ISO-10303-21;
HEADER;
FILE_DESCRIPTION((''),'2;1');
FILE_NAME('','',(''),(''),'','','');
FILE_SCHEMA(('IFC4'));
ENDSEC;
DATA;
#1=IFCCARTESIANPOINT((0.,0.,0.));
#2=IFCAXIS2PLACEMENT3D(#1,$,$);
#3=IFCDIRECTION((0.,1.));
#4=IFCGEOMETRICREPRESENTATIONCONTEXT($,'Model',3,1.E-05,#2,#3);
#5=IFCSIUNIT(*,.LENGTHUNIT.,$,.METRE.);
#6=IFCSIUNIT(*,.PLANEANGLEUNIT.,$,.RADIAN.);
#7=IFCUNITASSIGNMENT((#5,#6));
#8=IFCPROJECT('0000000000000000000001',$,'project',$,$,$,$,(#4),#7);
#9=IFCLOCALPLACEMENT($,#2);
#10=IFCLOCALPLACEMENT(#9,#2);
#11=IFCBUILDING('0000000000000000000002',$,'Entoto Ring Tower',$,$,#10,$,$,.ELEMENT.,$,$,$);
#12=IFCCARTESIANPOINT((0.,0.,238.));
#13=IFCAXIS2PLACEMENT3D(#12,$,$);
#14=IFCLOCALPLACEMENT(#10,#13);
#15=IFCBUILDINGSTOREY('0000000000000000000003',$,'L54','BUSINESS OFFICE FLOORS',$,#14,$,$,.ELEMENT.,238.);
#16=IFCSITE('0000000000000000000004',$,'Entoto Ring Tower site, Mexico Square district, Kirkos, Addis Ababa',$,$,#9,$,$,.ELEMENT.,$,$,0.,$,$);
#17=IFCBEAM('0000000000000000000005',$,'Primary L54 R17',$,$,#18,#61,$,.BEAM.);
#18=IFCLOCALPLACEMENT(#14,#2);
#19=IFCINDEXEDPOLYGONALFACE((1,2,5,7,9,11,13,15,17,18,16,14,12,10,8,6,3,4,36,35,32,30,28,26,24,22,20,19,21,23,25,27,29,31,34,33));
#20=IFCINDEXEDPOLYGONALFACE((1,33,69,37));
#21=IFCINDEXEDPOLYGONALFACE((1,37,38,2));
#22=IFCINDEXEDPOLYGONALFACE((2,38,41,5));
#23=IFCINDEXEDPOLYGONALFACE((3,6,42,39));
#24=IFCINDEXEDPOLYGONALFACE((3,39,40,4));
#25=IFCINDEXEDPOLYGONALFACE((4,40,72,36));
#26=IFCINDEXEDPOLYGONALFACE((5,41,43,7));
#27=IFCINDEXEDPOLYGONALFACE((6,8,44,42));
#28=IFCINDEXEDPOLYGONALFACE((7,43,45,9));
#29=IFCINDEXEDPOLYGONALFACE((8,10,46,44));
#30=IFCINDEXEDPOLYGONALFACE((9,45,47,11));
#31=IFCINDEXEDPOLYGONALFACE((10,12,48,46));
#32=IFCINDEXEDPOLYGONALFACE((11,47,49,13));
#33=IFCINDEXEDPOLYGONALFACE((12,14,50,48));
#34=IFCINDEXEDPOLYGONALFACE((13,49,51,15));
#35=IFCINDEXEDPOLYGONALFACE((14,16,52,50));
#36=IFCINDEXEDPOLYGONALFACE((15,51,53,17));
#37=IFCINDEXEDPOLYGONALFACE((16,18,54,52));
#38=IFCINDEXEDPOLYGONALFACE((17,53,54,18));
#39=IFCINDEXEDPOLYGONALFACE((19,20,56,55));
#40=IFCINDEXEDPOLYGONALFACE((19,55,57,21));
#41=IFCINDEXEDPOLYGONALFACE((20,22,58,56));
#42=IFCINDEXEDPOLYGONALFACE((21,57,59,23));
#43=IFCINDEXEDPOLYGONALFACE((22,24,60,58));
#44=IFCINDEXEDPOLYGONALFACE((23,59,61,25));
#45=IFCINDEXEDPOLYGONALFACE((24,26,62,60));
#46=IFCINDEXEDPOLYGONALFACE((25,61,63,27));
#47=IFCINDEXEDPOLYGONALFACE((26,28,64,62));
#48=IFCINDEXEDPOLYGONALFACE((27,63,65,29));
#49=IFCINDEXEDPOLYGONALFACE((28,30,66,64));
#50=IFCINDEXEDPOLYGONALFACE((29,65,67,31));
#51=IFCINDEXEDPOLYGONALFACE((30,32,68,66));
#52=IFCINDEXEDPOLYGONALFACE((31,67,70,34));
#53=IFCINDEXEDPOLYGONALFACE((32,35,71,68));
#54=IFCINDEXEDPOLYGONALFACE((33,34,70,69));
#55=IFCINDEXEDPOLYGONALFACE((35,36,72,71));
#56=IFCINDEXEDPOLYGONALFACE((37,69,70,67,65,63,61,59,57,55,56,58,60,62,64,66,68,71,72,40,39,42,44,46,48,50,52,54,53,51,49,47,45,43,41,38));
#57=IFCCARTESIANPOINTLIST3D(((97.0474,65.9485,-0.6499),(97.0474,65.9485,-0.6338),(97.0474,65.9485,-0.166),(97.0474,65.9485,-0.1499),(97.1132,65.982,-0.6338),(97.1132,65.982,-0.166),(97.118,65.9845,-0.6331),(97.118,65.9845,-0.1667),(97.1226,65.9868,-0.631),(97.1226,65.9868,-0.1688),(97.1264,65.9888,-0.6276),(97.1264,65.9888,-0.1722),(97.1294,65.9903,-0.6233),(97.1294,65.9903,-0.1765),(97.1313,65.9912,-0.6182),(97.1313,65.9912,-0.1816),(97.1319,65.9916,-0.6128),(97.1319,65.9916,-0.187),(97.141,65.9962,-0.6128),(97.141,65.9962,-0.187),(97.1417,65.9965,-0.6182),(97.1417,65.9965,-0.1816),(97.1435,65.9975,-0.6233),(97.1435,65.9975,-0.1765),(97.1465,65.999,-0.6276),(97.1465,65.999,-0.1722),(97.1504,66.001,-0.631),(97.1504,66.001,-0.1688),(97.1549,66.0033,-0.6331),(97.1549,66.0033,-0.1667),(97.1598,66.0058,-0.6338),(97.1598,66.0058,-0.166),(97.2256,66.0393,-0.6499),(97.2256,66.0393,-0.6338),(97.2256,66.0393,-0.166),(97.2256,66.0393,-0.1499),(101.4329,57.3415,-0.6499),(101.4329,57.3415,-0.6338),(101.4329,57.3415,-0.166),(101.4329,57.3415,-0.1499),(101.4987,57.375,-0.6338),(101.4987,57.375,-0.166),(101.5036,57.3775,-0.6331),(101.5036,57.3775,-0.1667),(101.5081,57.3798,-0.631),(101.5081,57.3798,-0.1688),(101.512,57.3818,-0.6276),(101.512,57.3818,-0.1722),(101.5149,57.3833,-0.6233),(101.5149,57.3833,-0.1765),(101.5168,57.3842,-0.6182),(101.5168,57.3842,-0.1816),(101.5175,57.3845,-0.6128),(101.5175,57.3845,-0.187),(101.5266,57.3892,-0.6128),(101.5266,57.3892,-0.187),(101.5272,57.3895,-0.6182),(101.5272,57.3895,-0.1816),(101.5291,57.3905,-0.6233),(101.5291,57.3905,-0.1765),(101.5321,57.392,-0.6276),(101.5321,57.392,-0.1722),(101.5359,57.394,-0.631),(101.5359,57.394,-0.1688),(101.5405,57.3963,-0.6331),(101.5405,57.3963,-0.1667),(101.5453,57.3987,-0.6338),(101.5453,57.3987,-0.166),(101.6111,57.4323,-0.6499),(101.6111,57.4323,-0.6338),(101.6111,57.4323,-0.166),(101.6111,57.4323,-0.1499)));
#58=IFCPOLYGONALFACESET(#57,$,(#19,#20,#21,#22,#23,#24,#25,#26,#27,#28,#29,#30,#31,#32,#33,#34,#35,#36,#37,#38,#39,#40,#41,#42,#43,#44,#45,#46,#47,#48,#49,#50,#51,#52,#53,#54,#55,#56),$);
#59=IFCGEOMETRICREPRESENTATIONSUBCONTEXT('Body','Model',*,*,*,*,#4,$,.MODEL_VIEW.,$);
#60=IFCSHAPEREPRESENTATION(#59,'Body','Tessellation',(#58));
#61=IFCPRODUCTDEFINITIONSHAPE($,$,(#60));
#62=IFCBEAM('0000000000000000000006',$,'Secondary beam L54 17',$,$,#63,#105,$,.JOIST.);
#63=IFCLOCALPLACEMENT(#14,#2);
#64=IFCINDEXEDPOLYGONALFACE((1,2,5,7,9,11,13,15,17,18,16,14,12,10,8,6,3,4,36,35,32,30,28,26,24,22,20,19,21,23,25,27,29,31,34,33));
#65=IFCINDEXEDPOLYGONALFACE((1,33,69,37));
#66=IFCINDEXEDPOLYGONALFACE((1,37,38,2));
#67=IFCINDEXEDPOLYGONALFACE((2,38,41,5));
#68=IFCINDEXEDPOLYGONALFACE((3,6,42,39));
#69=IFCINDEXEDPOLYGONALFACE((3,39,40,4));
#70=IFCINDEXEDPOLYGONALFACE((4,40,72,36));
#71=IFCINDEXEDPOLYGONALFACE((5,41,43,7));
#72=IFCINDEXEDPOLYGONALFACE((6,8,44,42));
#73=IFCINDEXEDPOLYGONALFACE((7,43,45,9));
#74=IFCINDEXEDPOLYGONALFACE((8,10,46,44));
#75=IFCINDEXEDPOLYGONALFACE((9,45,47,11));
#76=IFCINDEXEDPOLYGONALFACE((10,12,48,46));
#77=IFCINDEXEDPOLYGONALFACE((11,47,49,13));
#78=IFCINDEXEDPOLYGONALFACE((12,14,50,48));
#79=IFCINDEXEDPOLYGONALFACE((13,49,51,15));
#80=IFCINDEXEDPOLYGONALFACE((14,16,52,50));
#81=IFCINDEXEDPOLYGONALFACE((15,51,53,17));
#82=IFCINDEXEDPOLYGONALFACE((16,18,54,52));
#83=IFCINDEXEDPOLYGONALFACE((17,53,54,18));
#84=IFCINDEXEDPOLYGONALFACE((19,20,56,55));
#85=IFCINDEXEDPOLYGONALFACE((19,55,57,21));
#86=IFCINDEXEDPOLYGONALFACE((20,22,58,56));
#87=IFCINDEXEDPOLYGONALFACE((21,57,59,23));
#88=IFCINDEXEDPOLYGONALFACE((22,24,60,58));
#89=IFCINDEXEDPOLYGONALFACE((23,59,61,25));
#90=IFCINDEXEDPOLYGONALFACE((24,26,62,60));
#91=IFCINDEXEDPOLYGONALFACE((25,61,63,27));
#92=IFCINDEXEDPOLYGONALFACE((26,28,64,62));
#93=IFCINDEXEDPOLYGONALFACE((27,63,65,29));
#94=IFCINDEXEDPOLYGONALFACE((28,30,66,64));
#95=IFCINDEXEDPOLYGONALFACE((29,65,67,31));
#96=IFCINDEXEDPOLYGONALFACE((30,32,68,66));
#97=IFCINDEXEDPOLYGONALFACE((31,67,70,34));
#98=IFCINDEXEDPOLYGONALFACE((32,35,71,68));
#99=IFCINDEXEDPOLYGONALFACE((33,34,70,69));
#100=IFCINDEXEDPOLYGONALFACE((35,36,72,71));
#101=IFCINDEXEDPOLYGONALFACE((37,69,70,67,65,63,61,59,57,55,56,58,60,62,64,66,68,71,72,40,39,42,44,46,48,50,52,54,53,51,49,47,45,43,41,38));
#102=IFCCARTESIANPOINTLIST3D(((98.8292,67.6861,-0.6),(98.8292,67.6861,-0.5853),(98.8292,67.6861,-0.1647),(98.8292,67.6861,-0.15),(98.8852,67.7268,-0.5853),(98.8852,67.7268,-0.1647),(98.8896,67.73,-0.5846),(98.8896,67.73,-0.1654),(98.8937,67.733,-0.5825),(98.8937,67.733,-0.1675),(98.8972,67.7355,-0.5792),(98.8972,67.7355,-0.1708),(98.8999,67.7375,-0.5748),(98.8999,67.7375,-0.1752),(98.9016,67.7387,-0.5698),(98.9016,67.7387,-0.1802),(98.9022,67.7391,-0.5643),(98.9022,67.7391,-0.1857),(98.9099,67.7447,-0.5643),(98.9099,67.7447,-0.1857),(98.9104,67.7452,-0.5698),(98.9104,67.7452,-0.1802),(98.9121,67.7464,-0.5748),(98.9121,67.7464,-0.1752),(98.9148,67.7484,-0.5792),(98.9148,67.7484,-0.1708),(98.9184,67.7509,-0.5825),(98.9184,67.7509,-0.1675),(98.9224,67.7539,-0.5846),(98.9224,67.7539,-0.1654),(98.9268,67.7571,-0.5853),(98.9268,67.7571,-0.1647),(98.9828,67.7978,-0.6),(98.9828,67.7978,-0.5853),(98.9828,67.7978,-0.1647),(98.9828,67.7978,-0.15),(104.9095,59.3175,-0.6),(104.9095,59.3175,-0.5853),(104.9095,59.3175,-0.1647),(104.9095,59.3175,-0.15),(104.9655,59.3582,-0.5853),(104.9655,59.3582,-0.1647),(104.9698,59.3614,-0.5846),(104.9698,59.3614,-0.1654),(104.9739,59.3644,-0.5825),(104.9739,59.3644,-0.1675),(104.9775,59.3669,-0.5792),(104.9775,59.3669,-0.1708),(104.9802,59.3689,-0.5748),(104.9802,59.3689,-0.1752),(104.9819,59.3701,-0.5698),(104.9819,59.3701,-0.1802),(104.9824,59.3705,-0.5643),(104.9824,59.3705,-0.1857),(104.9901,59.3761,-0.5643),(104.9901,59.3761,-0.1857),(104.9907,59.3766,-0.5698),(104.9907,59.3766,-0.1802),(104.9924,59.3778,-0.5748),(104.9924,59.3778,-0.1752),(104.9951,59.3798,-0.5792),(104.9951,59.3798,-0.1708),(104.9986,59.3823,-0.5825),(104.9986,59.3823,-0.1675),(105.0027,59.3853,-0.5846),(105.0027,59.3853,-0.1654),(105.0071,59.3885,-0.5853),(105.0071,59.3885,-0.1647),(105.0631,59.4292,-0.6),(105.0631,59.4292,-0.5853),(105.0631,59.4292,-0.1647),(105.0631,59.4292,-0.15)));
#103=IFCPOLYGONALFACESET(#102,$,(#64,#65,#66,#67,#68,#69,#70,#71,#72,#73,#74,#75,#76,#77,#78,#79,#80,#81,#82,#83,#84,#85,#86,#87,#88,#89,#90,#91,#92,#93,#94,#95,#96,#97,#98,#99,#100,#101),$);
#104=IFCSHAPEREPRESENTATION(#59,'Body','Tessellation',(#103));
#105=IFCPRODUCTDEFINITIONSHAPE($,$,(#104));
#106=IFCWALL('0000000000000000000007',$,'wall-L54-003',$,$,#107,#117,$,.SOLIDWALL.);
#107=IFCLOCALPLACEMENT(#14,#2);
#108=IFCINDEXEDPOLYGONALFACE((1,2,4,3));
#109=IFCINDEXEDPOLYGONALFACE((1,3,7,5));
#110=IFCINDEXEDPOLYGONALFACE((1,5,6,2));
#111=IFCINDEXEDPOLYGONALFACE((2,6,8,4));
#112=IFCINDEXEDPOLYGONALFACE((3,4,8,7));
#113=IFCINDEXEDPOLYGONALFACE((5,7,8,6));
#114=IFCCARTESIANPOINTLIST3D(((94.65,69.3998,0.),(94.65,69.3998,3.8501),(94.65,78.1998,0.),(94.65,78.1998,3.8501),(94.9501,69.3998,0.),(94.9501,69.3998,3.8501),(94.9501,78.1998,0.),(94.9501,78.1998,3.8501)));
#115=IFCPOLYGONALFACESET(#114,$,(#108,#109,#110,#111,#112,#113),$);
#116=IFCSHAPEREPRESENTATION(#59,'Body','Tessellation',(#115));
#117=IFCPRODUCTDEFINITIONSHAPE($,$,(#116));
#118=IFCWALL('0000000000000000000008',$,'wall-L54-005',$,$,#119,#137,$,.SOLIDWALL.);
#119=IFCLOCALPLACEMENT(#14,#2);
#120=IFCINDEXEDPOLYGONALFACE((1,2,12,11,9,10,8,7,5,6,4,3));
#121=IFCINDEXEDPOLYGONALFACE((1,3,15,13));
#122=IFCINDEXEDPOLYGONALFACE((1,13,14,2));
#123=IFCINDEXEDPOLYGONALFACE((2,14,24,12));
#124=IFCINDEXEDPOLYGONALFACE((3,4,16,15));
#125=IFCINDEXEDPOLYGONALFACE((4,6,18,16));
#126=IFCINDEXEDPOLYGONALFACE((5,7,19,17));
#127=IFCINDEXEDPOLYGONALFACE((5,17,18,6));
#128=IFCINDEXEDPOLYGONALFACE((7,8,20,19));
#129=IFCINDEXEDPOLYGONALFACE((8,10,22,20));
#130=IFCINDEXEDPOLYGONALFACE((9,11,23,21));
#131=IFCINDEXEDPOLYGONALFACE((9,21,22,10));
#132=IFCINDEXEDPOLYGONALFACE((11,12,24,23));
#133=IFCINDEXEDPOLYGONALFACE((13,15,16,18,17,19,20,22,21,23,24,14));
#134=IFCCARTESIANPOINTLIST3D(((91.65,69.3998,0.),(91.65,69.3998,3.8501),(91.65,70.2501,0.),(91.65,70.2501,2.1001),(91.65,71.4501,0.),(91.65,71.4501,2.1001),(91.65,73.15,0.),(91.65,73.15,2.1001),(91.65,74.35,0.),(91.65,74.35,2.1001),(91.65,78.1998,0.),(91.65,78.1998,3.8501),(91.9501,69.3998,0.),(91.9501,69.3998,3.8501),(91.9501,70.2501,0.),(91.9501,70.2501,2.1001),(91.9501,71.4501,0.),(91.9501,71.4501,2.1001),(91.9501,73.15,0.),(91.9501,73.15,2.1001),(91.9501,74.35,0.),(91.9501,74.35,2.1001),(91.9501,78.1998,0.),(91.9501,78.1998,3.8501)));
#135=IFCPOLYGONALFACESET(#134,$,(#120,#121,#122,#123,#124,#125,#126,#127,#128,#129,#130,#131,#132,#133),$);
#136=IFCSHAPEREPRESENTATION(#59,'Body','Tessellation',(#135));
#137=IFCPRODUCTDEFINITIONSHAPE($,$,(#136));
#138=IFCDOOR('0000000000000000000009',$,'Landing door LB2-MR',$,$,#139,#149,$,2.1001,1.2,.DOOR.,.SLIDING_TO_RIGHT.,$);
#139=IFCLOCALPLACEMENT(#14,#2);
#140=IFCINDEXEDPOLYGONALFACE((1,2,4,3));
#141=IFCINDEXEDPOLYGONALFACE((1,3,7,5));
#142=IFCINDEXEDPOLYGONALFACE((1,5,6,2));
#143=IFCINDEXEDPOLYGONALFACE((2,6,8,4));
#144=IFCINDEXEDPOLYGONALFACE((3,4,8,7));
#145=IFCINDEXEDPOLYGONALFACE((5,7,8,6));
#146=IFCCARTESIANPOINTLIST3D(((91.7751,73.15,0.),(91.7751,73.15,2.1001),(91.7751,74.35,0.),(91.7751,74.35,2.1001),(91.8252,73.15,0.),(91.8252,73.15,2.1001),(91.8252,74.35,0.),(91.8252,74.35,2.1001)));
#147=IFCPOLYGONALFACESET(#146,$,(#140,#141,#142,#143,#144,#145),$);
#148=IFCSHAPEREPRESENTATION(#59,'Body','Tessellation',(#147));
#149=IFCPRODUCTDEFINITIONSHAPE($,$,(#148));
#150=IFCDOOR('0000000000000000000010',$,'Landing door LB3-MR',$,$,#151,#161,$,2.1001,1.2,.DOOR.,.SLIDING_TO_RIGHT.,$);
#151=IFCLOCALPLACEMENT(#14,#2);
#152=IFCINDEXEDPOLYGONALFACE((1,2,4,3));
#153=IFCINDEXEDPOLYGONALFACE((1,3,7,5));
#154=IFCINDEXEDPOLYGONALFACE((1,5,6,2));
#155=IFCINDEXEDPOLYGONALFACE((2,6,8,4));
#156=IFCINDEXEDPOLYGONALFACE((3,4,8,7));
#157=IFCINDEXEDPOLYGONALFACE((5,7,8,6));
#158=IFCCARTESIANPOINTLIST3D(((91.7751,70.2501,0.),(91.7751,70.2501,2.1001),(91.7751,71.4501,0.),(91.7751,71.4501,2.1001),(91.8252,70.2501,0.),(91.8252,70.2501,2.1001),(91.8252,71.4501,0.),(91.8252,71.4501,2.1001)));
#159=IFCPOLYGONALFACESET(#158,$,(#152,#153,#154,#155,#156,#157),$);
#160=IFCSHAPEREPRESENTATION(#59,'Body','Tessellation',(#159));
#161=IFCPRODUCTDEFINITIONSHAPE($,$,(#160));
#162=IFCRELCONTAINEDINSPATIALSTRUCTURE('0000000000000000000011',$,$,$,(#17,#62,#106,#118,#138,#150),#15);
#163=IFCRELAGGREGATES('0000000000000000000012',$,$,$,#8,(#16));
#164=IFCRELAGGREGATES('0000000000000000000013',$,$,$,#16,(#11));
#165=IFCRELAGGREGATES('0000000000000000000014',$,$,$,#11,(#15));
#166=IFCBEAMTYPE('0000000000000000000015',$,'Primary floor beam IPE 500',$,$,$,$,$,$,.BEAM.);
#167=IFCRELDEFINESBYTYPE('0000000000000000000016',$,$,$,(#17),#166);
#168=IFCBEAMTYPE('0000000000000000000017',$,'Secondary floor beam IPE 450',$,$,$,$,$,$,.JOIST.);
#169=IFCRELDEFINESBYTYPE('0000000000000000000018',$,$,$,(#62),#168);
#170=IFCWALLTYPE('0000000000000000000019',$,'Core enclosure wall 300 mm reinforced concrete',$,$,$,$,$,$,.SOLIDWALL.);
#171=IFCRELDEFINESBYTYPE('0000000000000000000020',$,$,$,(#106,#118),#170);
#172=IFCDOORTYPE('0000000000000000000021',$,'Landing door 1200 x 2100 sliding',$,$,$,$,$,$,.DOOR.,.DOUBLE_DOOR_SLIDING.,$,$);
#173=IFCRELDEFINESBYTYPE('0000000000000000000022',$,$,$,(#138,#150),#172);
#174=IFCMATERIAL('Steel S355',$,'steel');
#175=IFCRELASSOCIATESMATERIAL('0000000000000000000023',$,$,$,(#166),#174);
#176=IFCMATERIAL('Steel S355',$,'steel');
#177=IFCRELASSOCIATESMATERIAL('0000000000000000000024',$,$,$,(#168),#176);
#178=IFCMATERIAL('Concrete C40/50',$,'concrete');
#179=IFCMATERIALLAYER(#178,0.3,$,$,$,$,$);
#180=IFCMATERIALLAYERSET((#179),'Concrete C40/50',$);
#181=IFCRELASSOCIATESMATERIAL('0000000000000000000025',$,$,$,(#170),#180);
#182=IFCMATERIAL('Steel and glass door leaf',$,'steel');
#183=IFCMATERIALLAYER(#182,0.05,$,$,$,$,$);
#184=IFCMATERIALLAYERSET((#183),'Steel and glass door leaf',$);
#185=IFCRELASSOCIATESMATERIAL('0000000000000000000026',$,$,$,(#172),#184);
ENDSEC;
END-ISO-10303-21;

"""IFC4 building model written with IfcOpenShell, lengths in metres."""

from ifc_helpers import new_model, si_unit, direction, frame, frame_2d, origin, origin_2d, place, context, subcontext, project, spatial, rectangle, i_section, extrude, material, layer, layer_set, material_profile, profile_set, type_object, element, fill, save


model = new_model("IFC4")

# Units and contexts
model_context = context("Model", 3, precision=1e-05, world=origin(), true_north=direction((0.0, 1.0)))
body_context = subcontext(model_context, "Body", "Model", "MODEL_VIEW")
ifc_project = project(units=[si_unit("LENGTHUNIT", "METRE"), si_unit("PLANEANGLEUNIT", "RADIAN")], contexts=[model_context])

# Site, building, storey
site_placement = place(None, origin())
site = spatial("IfcSite", under=ifc_project, at=site_placement, Name="Entoto Ring Tower site, Mexico Square district, Kirkos, Addis Ababa", CompositionType="ELEMENT", RefElevation=0.0)
building_placement = place(site_placement, origin())
building = spatial("IfcBuilding", under=site, at=building_placement, Name="Entoto Ring Tower", CompositionType="ELEMENT")
storey_placement = place(building_placement, frame((0.0, 0.0, 238.0)))
storey = spatial("IfcBuildingStorey", under=building, at=storey_placement, Name="L54", Description="BUSINESS OFFICE FLOORS", CompositionType="ELEMENT", Elevation=238.0)

# Beams
ifc_material_1 = material(Name="Steel S355", Category="steel")
ifc_material_profile_1 = material_profile(ifc_material_1, i_section(OverallWidth=0.2, OverallDepth=0.5, WebThickness=0.0103, FlangeThickness=0.0161, FilletRadius=0.021, at=origin_2d()), Name="IPE 500")
ifc_profile_set_1 = profile_set([ifc_material_profile_1], Name="Steel S355")
beam_type_1 = type_object("IfcBeamType", Name="Primary floor beam IPE 500", PredefinedType="BEAM", material=ifc_profile_set_1)
beam_1_placement = place(storey_placement, frame((97.1365, 65.9939, -0.3999), z_axis=(0.453994, -0.891005, 0.0), x_axis=(0.891005, 0.453994, 0.0)))
element("IfcBeam", 1, at=beam_1_placement, inside=storey, type_object=beam_type_1, Name="Primary L54 R17", PredefinedType="BEAM", context=body_context, shape_type="SweptSolid", body=[
    extrude(i_section(OverallWidth=0.2, OverallDepth=0.5, WebThickness=0.0103, FlangeThickness=0.0161, FilletRadius=0.021, at=origin_2d()), origin(), (0.0, 0.0, 1.0), 9.6599),
])
ifc_material_2 = material(Name="Steel S355", Category="steel")
ifc_material_profile_2 = material_profile(ifc_material_2, i_section(OverallWidth=0.1899, OverallDepth=0.45, WebThickness=0.0095, FlangeThickness=0.0146, FilletRadius=0.021, at=origin_2d()), Name="IPE 450")
ifc_profile_set_2 = profile_set([ifc_material_profile_2], Name="Steel S355")
beam_type_2 = type_object("IfcBeamType", Name="Secondary floor beam IPE 450", PredefinedType="JOIST", material=ifc_profile_set_2)
beam_2_placement = place(storey_placement, frame((98.906, 67.7419, -0.375), z_axis=(0.587794, -0.809011, 0.0), x_axis=(0.809011, 0.587794, 0.0)))
element("IfcBeam", 2, at=beam_2_placement, inside=storey, type_object=beam_type_2, Name="Secondary beam L54 17", PredefinedType="JOIST", context=body_context, shape_type="SweptSolid", body=[
    extrude(i_section(OverallWidth=0.1899, OverallDepth=0.45, WebThickness=0.0095, FlangeThickness=0.0146, FilletRadius=0.021, at=origin_2d()), origin(), (0.0, 0.0, 1.0), 10.3442),
])

# Wall
ifc_material_3 = material(Name="Concrete C40/50", Category="concrete")
ifc_layer_1 = layer(ifc_material_3, 0.3)
ifc_layer_set_1 = layer_set([ifc_layer_1], Name="Concrete C40/50")
wall_type = type_object("IfcWallType", Name="Core enclosure wall 300 mm reinforced concrete", PredefinedType="SOLIDWALL", material=ifc_layer_set_1)
wall_1_placement = place(storey_placement, frame((94.8, 69.3999, 0.0), z_axis=(0.0, 0.0, 1.0), x_axis=(0.0, 1.0, 0.0)))
element("IfcWall", 3, at=wall_1_placement, inside=storey, type_object=wall_type, Name="wall-L54-003", PredefinedType="SOLIDWALL", context=body_context, shape_type="SweptSolid", body=[
    extrude(rectangle(XDim=8.8, YDim=0.3, at=frame_2d((4.3999, 0.0))), origin(), (0.0, 0.0, 1.0), 3.8501),
])

# Wall, openings, doors
wall_2_placement = place(storey_placement, frame((91.8, 69.3999, 0.0), z_axis=(0.0, 0.0, 1.0), x_axis=(0.0, 1.0, 0.0)))
wall_2 = element("IfcWall", 4, at=wall_2_placement, inside=storey, type_object=wall_type, Name="wall-L54-005", PredefinedType="SOLIDWALL", context=body_context, shape_type="SweptSolid", body=[
    extrude(rectangle(XDim=8.8, YDim=0.3, at=frame_2d((4.3999, 0.0))), origin(), (0.0, 0.0, 1.0), 3.8501),
])
opening_1_placement = place(wall_2_placement, frame((3.75, 0.0, 0.0)))
opening_1 = element("IfcOpeningElement", 5, at=opening_1_placement, cuts=wall_2, PredefinedType="OPENING", context=body_context, shape_type="SweptSolid", body=[
    extrude(rectangle(XDim=1.2, YDim=2.1001, at=frame_2d((0.6001, 1.05))), frame((0.0, 0.1602, 0.0), z_axis=(0.0, -1.0, 0.0), x_axis=(1.0, 0.0, 0.0)), (0.0, 0.0, 1.0), 0.3201),
])
opening_2_placement = place(wall_2_placement, frame((0.8501, 0.0, 0.0)))
opening_2 = element("IfcOpeningElement", 6, at=opening_2_placement, cuts=wall_2, PredefinedType="OPENING", context=body_context, shape_type="SweptSolid", body=[
    extrude(rectangle(XDim=1.2, YDim=2.1001, at=frame_2d((0.6001, 1.05))), frame((0.0, 0.1602, 0.0), z_axis=(0.0, -1.0, 0.0), x_axis=(1.0, 0.0, 0.0)), (0.0, 0.0, 1.0), 0.3201),
])
ifc_material_4 = material(Name="Steel and glass door leaf", Category="steel")
ifc_layer_2 = layer(ifc_material_4, 0.05)
ifc_layer_set_2 = layer_set([ifc_layer_2], Name="Steel and glass door leaf")
door_type_1 = type_object("IfcDoorType", Name="Landing door 1200 x 2100 sliding", OperationType="DOUBLE_DOOR_SLIDING", PredefinedType="DOOR", material=ifc_layer_set_2)
door_1_placement = place(opening_1_placement, origin())
door_1 = element("IfcDoor", 7, at=door_1_placement, inside=storey, type_object=door_type_1, Name="Landing door LB2-MR", OperationType="SLIDING_TO_RIGHT", OverallHeight=2.1001, OverallWidth=1.2, PredefinedType="DOOR", context=body_context, shape_type="SweptSolid", body=[
    extrude(rectangle(XDim=1.2, YDim=2.1001, at=frame_2d((0.6001, 1.05))), frame((0.0, 0.0249, 0.0), z_axis=(0.0, -1.0, 0.0), x_axis=(1.0, 0.0, 0.0)), (0.0, 0.0, 1.0), 0.05),
])
fill(opening_1, door_1)
door_2_placement = place(opening_2_placement, origin())
door_2 = element("IfcDoor", 8, at=door_2_placement, inside=storey, type_object=door_type_1, Name="Landing door LB3-MR", OperationType="SLIDING_TO_RIGHT", OverallHeight=2.1001, OverallWidth=1.2, PredefinedType="DOOR", context=body_context, shape_type="SweptSolid", body=[
    extrude(rectangle(XDim=1.2, YDim=2.1001, at=frame_2d((0.6001, 1.05))), frame((0.0, 0.0249, 0.0), z_axis=(0.0, -1.0, 0.0), x_axis=(1.0, 0.0, 0.0)), (0.0, 0.0, 1.0), 0.05),
])
fill(opening_2, door_2)

save(model, "model.ifc")
